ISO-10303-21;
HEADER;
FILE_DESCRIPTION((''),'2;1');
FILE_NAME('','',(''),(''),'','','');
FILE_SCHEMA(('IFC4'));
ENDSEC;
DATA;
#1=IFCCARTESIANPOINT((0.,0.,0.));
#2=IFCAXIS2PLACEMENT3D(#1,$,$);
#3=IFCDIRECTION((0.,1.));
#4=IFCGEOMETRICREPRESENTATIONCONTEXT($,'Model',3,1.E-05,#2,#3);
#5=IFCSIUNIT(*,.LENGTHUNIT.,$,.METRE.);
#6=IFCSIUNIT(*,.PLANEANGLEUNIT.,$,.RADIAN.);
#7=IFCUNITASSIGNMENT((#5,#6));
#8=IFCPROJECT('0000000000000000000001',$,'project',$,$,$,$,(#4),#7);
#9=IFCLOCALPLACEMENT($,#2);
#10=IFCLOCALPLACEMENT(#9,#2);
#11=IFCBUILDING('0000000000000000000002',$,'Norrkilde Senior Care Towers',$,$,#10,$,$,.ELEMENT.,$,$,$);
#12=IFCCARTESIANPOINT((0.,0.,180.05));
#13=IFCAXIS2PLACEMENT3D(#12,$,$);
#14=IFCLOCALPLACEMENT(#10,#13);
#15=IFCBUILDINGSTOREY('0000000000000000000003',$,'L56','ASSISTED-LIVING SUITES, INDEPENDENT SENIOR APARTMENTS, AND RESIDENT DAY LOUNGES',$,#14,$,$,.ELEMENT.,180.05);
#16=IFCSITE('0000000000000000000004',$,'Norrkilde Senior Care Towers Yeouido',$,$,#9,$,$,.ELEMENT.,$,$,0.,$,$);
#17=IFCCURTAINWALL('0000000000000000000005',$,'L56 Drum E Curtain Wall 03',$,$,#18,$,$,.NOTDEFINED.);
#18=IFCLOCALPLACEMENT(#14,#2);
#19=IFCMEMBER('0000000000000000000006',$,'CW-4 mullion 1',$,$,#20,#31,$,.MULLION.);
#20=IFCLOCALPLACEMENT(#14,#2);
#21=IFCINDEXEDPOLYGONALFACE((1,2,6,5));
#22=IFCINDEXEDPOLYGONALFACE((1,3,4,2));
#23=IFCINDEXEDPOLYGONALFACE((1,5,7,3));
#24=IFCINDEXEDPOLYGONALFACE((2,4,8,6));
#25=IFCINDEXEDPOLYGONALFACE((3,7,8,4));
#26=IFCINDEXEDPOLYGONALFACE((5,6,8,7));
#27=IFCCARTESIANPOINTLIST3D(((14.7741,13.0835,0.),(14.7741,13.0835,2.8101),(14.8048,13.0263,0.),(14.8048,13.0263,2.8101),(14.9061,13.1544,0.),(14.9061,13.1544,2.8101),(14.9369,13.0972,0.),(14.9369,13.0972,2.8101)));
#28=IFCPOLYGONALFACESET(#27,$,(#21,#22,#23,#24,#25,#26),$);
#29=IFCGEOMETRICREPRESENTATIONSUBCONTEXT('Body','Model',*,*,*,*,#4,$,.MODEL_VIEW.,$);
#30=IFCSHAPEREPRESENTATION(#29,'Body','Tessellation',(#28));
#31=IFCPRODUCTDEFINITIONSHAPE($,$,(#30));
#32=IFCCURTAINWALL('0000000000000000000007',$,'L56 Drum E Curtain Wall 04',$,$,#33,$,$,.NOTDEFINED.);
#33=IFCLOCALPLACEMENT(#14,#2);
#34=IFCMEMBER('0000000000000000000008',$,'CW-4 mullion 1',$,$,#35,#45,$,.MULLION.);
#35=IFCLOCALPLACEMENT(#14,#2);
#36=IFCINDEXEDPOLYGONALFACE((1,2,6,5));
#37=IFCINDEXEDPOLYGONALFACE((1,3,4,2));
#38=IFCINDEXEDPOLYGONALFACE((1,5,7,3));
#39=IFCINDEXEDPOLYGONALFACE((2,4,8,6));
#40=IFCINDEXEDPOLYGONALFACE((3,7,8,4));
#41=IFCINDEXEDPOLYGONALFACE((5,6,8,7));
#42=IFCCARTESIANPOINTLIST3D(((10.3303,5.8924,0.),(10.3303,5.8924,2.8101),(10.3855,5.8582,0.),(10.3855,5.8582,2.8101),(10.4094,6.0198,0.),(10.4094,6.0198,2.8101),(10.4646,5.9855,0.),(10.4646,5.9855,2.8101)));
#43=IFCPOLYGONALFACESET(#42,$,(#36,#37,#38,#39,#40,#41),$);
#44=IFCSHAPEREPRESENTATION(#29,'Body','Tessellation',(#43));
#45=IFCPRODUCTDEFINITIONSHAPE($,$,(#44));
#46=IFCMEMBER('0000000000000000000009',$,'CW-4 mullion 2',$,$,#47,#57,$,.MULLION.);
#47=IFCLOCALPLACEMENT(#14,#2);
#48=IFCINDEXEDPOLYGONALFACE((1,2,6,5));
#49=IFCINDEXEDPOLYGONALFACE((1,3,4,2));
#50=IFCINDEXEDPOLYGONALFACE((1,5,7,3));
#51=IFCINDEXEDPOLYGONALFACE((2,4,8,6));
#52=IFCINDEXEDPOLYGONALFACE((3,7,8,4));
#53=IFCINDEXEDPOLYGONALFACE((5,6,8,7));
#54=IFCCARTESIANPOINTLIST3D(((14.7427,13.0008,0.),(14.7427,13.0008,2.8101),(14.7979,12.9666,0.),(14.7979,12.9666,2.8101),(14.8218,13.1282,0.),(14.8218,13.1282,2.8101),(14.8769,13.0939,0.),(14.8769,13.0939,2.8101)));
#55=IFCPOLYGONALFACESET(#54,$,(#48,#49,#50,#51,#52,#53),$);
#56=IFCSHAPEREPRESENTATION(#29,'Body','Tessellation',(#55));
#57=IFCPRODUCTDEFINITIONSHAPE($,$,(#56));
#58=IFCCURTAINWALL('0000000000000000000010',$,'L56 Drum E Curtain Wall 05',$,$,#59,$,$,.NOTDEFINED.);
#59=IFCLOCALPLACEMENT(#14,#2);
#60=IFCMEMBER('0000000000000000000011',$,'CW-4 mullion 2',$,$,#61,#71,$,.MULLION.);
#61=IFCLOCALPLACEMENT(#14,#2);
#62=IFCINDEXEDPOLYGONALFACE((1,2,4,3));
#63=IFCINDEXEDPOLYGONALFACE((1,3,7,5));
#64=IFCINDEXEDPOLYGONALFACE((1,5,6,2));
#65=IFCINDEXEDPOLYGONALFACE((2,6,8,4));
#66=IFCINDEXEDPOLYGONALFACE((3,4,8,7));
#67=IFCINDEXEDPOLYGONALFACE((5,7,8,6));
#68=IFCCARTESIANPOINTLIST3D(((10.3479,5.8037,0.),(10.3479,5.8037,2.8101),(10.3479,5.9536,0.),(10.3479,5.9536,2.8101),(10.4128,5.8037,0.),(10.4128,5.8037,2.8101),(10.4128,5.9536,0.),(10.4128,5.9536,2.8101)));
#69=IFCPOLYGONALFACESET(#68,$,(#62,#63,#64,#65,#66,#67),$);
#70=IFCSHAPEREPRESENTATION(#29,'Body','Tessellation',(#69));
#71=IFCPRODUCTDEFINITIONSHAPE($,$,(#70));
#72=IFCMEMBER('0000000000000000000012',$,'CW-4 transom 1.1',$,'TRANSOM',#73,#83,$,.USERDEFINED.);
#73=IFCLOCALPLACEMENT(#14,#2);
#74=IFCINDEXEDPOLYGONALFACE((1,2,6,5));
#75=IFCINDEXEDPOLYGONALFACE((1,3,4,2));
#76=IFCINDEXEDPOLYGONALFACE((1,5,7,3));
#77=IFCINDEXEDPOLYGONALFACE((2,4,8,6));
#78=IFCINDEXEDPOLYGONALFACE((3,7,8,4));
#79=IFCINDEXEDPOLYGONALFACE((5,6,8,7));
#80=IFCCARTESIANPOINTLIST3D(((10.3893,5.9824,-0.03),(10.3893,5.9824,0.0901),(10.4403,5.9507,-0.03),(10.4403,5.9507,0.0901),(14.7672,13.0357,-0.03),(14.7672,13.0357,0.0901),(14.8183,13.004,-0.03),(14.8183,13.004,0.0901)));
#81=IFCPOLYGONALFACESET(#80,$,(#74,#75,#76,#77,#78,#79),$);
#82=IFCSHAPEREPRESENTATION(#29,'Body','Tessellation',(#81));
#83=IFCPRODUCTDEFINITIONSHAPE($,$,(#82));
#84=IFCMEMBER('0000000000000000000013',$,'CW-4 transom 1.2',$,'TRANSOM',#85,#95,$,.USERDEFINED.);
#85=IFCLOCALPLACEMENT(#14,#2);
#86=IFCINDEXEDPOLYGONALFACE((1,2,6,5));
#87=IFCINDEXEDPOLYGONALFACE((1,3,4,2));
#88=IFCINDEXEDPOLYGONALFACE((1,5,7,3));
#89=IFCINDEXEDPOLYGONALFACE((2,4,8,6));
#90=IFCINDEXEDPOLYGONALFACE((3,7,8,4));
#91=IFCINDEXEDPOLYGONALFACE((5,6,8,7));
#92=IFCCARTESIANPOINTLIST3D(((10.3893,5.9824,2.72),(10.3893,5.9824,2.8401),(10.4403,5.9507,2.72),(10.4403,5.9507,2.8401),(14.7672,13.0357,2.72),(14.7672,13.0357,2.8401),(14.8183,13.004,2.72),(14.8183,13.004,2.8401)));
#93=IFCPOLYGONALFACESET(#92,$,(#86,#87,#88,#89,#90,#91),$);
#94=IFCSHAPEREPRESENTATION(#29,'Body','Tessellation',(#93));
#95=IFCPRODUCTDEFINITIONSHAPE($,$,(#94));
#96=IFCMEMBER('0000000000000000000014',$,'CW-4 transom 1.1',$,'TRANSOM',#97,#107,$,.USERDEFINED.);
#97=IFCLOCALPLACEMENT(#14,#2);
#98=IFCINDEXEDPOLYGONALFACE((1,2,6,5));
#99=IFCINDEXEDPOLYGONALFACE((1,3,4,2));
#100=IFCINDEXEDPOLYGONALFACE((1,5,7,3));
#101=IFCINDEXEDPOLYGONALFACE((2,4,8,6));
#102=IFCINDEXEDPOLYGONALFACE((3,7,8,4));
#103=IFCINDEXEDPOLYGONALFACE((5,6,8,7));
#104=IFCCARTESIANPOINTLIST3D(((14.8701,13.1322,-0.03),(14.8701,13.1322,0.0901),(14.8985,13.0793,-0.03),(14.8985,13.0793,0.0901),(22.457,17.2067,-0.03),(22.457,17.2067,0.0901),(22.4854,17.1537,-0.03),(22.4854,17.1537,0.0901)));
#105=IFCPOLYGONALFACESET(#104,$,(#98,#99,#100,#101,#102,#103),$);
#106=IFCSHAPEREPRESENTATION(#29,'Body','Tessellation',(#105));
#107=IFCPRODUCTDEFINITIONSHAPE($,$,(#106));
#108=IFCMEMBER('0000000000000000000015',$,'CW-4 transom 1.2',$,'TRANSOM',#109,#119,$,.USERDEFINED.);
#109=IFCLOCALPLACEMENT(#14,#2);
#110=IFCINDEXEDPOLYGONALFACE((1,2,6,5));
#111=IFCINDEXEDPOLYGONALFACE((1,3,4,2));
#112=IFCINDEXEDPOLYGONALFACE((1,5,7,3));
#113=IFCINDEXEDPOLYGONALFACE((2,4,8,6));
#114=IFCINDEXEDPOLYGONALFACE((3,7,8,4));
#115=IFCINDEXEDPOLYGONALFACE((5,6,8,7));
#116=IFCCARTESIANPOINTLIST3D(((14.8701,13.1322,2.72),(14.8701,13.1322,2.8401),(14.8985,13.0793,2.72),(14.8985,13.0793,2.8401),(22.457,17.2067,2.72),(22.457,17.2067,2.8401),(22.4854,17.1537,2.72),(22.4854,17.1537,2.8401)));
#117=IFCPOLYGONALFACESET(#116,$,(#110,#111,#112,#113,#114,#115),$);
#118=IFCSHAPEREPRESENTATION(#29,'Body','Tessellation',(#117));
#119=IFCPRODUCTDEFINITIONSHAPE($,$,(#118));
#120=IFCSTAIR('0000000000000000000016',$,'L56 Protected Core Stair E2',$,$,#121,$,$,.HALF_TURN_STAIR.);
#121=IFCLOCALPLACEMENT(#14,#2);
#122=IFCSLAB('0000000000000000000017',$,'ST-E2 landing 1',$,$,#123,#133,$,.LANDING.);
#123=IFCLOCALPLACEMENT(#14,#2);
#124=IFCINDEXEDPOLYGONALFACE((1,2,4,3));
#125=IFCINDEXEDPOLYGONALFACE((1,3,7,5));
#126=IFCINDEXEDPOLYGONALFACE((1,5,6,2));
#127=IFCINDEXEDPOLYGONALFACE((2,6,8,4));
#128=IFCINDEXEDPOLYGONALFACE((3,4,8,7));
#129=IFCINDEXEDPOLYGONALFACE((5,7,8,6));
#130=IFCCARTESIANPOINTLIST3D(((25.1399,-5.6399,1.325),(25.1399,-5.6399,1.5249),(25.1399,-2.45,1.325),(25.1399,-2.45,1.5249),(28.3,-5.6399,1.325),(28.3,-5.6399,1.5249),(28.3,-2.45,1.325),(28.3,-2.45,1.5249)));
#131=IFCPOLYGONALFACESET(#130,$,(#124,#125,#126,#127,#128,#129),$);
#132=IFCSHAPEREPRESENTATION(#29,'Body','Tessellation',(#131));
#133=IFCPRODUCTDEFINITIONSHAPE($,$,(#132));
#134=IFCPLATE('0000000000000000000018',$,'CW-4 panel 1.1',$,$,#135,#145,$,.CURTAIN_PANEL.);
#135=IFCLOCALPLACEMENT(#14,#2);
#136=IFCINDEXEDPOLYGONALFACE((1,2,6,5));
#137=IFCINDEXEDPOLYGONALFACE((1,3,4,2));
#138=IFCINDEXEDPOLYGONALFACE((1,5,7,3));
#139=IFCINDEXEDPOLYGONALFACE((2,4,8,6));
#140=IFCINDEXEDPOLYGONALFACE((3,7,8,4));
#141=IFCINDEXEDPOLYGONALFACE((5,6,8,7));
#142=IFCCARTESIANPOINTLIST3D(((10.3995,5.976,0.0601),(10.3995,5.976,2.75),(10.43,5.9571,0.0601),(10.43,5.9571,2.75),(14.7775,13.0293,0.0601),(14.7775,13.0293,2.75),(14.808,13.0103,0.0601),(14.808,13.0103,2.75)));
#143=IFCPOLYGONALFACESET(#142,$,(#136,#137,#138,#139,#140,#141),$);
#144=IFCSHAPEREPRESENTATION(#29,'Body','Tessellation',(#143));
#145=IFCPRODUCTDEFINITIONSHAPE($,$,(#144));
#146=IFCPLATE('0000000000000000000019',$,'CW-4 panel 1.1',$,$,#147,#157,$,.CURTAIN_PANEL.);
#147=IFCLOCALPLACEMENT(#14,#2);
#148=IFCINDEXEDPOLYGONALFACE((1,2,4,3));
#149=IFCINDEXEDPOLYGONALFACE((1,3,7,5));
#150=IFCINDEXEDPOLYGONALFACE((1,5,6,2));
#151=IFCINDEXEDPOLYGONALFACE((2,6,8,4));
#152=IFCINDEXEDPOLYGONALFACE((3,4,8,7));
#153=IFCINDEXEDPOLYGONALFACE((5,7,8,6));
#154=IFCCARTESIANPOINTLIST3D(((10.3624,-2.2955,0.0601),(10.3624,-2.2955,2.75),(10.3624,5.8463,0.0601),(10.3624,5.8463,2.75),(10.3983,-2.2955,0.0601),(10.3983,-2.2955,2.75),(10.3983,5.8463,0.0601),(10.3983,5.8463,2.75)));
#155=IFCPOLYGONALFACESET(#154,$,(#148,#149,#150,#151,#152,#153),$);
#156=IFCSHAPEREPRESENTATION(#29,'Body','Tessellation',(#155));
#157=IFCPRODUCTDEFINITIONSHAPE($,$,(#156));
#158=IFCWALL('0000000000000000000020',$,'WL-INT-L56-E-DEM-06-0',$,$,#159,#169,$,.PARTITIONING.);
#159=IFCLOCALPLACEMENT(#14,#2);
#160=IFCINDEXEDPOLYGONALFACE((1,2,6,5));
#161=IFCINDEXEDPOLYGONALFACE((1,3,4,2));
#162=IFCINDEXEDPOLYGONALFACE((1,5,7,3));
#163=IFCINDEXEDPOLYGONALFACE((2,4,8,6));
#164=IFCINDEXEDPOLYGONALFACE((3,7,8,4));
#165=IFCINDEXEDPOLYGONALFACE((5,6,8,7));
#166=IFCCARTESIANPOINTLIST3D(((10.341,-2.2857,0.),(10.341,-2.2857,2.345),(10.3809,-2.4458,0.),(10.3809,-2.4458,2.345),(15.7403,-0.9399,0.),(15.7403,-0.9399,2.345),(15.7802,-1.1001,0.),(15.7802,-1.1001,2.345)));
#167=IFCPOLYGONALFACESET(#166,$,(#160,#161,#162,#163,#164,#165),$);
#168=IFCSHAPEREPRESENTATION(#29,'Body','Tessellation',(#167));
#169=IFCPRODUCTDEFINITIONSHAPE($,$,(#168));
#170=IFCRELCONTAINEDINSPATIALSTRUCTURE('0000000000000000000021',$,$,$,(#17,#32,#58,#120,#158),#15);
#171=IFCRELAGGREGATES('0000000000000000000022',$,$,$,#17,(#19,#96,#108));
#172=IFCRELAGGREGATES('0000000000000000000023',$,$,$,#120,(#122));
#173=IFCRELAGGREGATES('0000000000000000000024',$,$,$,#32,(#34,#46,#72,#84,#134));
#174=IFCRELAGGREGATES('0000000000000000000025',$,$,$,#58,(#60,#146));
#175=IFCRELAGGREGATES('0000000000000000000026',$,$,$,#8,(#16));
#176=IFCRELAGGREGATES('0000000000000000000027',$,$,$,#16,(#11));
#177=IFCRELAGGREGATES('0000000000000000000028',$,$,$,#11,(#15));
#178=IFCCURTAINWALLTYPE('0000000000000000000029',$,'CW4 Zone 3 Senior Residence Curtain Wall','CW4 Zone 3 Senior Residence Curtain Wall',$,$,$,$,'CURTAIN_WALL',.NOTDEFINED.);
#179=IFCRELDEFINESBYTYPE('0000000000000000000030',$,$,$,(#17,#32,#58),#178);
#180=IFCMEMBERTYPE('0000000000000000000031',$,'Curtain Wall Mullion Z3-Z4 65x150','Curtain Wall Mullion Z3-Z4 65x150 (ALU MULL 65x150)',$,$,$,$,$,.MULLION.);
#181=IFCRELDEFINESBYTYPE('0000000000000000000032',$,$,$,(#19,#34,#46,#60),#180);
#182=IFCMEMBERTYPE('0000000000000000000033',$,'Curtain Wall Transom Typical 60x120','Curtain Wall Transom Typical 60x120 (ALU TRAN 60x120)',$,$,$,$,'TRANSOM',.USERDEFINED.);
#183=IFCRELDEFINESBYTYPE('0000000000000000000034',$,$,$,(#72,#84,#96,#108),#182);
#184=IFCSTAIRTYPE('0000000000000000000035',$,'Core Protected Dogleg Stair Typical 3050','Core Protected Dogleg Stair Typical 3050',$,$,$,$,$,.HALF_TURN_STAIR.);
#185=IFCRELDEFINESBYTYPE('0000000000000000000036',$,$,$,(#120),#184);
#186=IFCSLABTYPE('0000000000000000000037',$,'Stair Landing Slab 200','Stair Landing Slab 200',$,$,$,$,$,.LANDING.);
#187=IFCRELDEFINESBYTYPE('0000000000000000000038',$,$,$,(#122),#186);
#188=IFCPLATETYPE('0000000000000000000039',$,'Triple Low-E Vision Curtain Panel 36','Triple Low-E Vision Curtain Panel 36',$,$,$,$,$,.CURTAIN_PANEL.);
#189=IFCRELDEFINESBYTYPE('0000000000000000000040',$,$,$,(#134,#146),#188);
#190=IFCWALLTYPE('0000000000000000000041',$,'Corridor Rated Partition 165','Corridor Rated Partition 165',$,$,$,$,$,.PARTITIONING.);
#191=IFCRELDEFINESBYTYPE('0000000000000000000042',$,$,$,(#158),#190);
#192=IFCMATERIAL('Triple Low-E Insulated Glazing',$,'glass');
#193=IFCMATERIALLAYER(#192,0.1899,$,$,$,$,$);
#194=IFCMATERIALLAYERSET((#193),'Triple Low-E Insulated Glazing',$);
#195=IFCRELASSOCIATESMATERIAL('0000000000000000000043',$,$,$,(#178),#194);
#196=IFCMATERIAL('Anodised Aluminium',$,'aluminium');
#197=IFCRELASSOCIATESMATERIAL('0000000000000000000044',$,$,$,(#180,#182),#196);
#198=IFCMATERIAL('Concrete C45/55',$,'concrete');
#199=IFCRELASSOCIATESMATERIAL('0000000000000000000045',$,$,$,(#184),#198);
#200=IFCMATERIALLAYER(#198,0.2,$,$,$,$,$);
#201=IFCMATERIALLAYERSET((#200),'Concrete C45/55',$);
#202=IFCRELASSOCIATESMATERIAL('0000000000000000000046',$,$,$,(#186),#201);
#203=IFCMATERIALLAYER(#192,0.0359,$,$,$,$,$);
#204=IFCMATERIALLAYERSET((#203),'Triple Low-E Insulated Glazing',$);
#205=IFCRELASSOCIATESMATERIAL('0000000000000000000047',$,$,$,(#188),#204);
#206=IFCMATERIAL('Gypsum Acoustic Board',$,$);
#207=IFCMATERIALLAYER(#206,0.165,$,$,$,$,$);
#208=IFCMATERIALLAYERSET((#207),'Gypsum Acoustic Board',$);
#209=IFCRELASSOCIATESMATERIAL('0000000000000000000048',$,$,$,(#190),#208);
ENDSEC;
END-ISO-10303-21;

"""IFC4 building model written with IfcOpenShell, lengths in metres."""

from ifc_helpers import new_model, si_unit, direction, frame, frame_2d, origin, origin_2d, place, context, subcontext, project, spatial, polyline, rectangle, outline, extrude, source, transform, mapped, material, layer, layer_set, material_profile, profile_set, type_object, type_shapes, element, aggregate, save


model = new_model("IFC4")

# Units and contexts
model_context = context("Model", 3, precision=1e-05, world=origin(), true_north=direction((0.0, 1.0)))
body_context = subcontext(model_context, "Body", "Model", "MODEL_VIEW")
ifc_project = project(units=[si_unit("LENGTHUNIT", "METRE"), si_unit("PLANEANGLEUNIT", "RADIAN")], contexts=[model_context])

# Site, building, storey
site_placement = place(None, origin())
site = spatial("IfcSite", under=ifc_project, at=site_placement, Name="Norrkilde Senior Care Towers Yeouido", CompositionType="ELEMENT", RefElevation=0.0)
building_placement = place(site_placement, origin())
building = spatial("IfcBuilding", under=site, at=building_placement, Name="Norrkilde Senior Care Towers", CompositionType="ELEMENT")
storey_placement = place(building_placement, frame((0.0, 0.0, 180.05)))
storey = spatial("IfcBuildingStorey", under=building, at=storey_placement, Name="L56", Description="ASSISTED-LIVING SUITES, INDEPENDENT SENIOR APARTMENTS, AND RESIDENT DAY LOUNGES", CompositionType="ELEMENT", Elevation=180.05)

# Curtain wall, member
ifc_material_1 = material(Name="Triple Low-E Insulated Glazing", Category="glass")
ifc_layer_1 = layer(ifc_material_1, 0.1899)
ifc_layer_set_1 = layer_set([ifc_layer_1], Name="Triple Low-E Insulated Glazing")
curtain_wall_type = type_object("IfcCurtainWallType", Name="CW4 Zone 3 Senior Residence Curtain Wall", Description="CW4 Zone 3 Senior Residence Curtain Wall", ElementType="CURTAIN_WALL", PredefinedType="NOTDEFINED", material=ifc_layer_set_1)
curtain_wall_1_placement = place(storey_placement, origin())
curtain_wall_1 = element("IfcCurtainWall", 1, at=curtain_wall_1_placement, inside=storey, type_object=curtain_wall_type, Name="L56 Drum E Curtain Wall 03", PredefinedType="NOTDEFINED")
ifc_material_2 = material(Name="Anodised Aluminium", Category="aluminium")
ifc_material_profile_1 = material_profile(ifc_material_2, rectangle(XDim=0.0649, YDim=0.1499, at=origin_2d()), Name="ALU MULL 65x150")
ifc_profile_set_1 = profile_set([ifc_material_profile_1], Name="Anodised Aluminium")
member_type_1 = type_object("IfcMemberType", Name="Curtain Wall Mullion Z3-Z4 65x150", Description="Curtain Wall Mullion Z3-Z4 65x150 (ALU MULL 65x150)", PredefinedType="MULLION", material=ifc_profile_set_1)
shared_shape_1 = source(origin(), body_context, "Body", "SweptSolid", [
    extrude(rectangle(XDim=0.0649, YDim=0.1499, at=origin_2d()), origin(), (0.0, 0.0, 1.0), 2.8101),
])
type_shapes(member_type_1, [shared_shape_1])
member_1_placement = place(storey_placement, frame((14.8555, 13.0903, 0.0), z_axis=(0.0, 0.0, 1.0), x_axis=(-0.473117, 0.881, 0.0)))
member_1 = element("IfcMember", 2, at=member_1_placement, type_object=member_type_1, Name="CW-4 mullion 1", PredefinedType="MULLION", context=body_context, shape_type="MappedRepresentation", body=[
    mapped(shared_shape_1, transform((0.0, 0.0, 0.0), x_axis=(1.0, 0.0, 0.0), y_axis=(0.0, 1.0, 0.0), z_axis=(0.0, 0.0, 1.0), scale=1.0)),
])

# Curtain wall, members
curtain_wall_2_placement = place(storey_placement, origin())
curtain_wall_2 = element("IfcCurtainWall", 3, at=curtain_wall_2_placement, inside=storey, type_object=curtain_wall_type, Name="L56 Drum E Curtain Wall 04", PredefinedType="NOTDEFINED")
member_2_placement = place(storey_placement, frame((10.3975, 5.939, 0.0), z_axis=(0.0, 0.0, 1.0), x_axis=(-0.849634, 0.527373, 0.0)))
member_2 = element("IfcMember", 4, at=member_2_placement, type_object=member_type_1, Name="CW-4 mullion 1", PredefinedType="MULLION", context=body_context, shape_type="MappedRepresentation", body=[
    mapped(shared_shape_1, transform((0.0, 0.0, 0.0), x_axis=(1.0, 0.0, 0.0), y_axis=(0.0, 1.0, 0.0), z_axis=(0.0, 0.0, 1.0), scale=1.0)),
])
member_3_placement = place(storey_placement, frame((14.8098, 13.0474, 0.0), z_axis=(0.0, 0.0, 1.0), x_axis=(-0.849634, 0.527373, 0.0)))
member_3 = element("IfcMember", 5, at=member_3_placement, type_object=member_type_1, Name="CW-4 mullion 2", PredefinedType="MULLION", context=body_context, shape_type="MappedRepresentation", body=[
    mapped(shared_shape_1, transform((0.0, 0.0, 0.0), x_axis=(1.0, 0.0, 0.0), y_axis=(0.0, 1.0, 0.0), z_axis=(0.0, 0.0, 1.0), scale=1.0)),
])

# Curtain wall, member
curtain_wall_3_placement = place(storey_placement, origin())
curtain_wall_3 = element("IfcCurtainWall", 6, at=curtain_wall_3_placement, inside=storey, type_object=curtain_wall_type, Name="L56 Drum E Curtain Wall 05", PredefinedType="NOTDEFINED")
member_4_placement = place(storey_placement, frame((10.3804, 5.8787, 0.0), z_axis=(0.0, 0.0, 1.0), x_axis=(-1.0, 0.0, 0.0)))
member_4 = element("IfcMember", 7, at=member_4_placement, type_object=member_type_1, Name="CW-4 mullion 2", PredefinedType="MULLION", context=body_context, shape_type="MappedRepresentation", body=[
    mapped(shared_shape_1, transform((0.0, 0.0, 0.0), x_axis=(1.0, 0.0, 0.0), y_axis=(0.0, 1.0, 0.0), z_axis=(0.0, 0.0, 1.0), scale=1.0)),
])

# Members
ifc_material_profile_2 = material_profile(ifc_material_2, rectangle(XDim=0.0601, YDim=0.1201, at=origin_2d()), Name="ALU TRAN 60x120")
ifc_profile_set_2 = profile_set([ifc_material_profile_2], Name="Anodised Aluminium")
member_type_2 = type_object("IfcMemberType", Name="Curtain Wall Transom Typical 60x120", Description="Curtain Wall Transom Typical 60x120 (ALU TRAN 60x120)", ElementType="TRANSOM", PredefinedType="USERDEFINED", material=ifc_profile_set_2)
shared_shape_2 = source(origin(), body_context, "Body", "SweptSolid", [
    extrude(rectangle(XDim=0.0601, YDim=0.1201, at=origin_2d()), origin(), (0.0, 0.0, 1.0), 8.3015),
])
member_5_placement = place(storey_placement, frame((10.4148, 5.9666, 0.03), z_axis=(0.527369, 0.849637, 0.0), x_axis=(-0.849637, 0.527369, 0.0)))
member_5 = element("IfcMember", 8, at=member_5_placement, type_object=member_type_2, Name="CW-4 transom 1.1", ObjectType="TRANSOM", PredefinedType="USERDEFINED", context=body_context, shape_type="MappedRepresentation", body=[
    mapped(shared_shape_2, transform((0.0, 0.0, 0.0), x_axis=(1.0, 0.0, 0.0), y_axis=(0.0, 1.0, 0.0), z_axis=(0.0, 0.0, 1.0), scale=1.0)),
])
member_6_placement = place(storey_placement, frame((10.4148, 5.9666, 2.78), z_axis=(0.527369, 0.849637, 0.0), x_axis=(-0.849637, 0.527369, 0.0)))
member_6 = element("IfcMember", 9, at=member_6_placement, type_object=member_type_2, Name="CW-4 transom 1.2", ObjectType="TRANSOM", PredefinedType="USERDEFINED", context=body_context, shape_type="MappedRepresentation", body=[
    mapped(shared_shape_2, transform((0.0, 0.0, 0.0), x_axis=(1.0, 0.0, 0.0), y_axis=(0.0, 1.0, 0.0), z_axis=(0.0, 0.0, 1.0), scale=1.0)),
])
shared_shape_3 = source(origin(), body_context, "Body", "SweptSolid", [
    extrude(rectangle(XDim=0.0601, YDim=0.1201, at=origin_2d()), origin(), (0.0, 0.0, 1.0), 8.6118),
])
type_shapes(member_type_2, [shared_shape_2, shared_shape_3])
member_7_placement = place(storey_placement, frame((14.8843, 13.1057, 0.03), z_axis=(0.880994, 0.473127, 0.0), x_axis=(-0.473127, 0.880994, 0.0)))
member_7 = element("IfcMember", 10, at=member_7_placement, type_object=member_type_2, Name="CW-4 transom 1.1", ObjectType="TRANSOM", PredefinedType="USERDEFINED", context=body_context, shape_type="MappedRepresentation", body=[
    mapped(shared_shape_3, transform((0.0, 0.0, 0.0), x_axis=(1.0, 0.0, 0.0), y_axis=(0.0, 1.0, 0.0), z_axis=(0.0, 0.0, 1.0), scale=1.0)),
])
member_8_placement = place(storey_placement, frame((14.8843, 13.1057, 2.78), z_axis=(0.880994, 0.473127, 0.0), x_axis=(-0.473127, 0.880994, 0.0)))
member_8 = element("IfcMember", 11, at=member_8_placement, type_object=member_type_2, Name="CW-4 transom 1.2", ObjectType="TRANSOM", PredefinedType="USERDEFINED", context=body_context, shape_type="MappedRepresentation", body=[
    mapped(shared_shape_3, transform((0.0, 0.0, 0.0), x_axis=(1.0, 0.0, 0.0), y_axis=(0.0, 1.0, 0.0), z_axis=(0.0, 0.0, 1.0), scale=1.0)),
])
aggregate(curtain_wall_1, [member_1, member_7, member_8])

# Stair, slab
ifc_material_3 = material(Name="Concrete C45/55", Category="concrete")
stair_type = type_object("IfcStairType", Name="Core Protected Dogleg Stair Typical 3050", Description="Core Protected Dogleg Stair Typical 3050", PredefinedType="HALF_TURN_STAIR", material=ifc_material_3)
stair_placement = place(storey_placement, origin())
stair = element("IfcStair", 12, at=stair_placement, inside=storey, type_object=stair_type, Name="L56 Protected Core Stair E2", PredefinedType="HALF_TURN_STAIR")
ifc_layer_2 = layer(ifc_material_3, 0.2)
ifc_layer_set_2 = layer_set([ifc_layer_2], Name="Concrete C45/55")
slab_type = type_object("IfcSlabType", Name="Stair Landing Slab 200", Description="Stair Landing Slab 200", PredefinedType="LANDING", material=ifc_layer_set_2)
slab_placement = place(storey_placement, frame((0.0, 0.0, 1.325)))
slab = element("IfcSlab", 13, at=slab_placement, type_object=slab_type, Name="ST-E2 landing 1", PredefinedType="LANDING", context=body_context, shape_type="SweptSolid", body=[
    extrude(outline(polyline([(25.1399, -5.6399), (28.3, -5.6399), (28.3, -2.45), (25.1399, -2.45), (25.1399, -5.6399)])), origin(), (0.0, 0.0, 1.0), 0.2),
])
aggregate(stair, [slab])

# Plates
ifc_layer_3 = layer(ifc_material_1, 0.0359)
ifc_layer_set_3 = layer_set([ifc_layer_3], Name="Triple Low-E Insulated Glazing")
plate_type = type_object("IfcPlateType", Name="Triple Low-E Vision Curtain Panel 36", Description="Triple Low-E Vision Curtain Panel 36", PredefinedType="CURTAIN_PANEL", material=ifc_layer_set_3)
shared_shape_4 = source(origin(), body_context, "Body", "SweptSolid", [
    extrude(rectangle(XDim=8.3015, YDim=0.0359, at=origin_2d()), origin(), (0.0, 0.0, 1.0), 2.6899),
])
plate_1_placement = place(storey_placement, frame((12.6038, 9.4932, 0.0601), z_axis=(0.0, 0.0, 1.0), x_axis=(0.527373, 0.849634, 0.0)))
plate_1 = element("IfcPlate", 14, at=plate_1_placement, type_object=plate_type, Name="CW-4 panel 1.1", PredefinedType="CURTAIN_PANEL", context=body_context, shape_type="MappedRepresentation", body=[
    mapped(shared_shape_4, transform((0.0, 0.0, 0.0), x_axis=(1.0, 0.0, 0.0), y_axis=(0.0, 1.0, 0.0), z_axis=(0.0, 0.0, 1.0), scale=1.0)),
])
aggregate(curtain_wall_2, [member_2, member_3, member_5, member_6, plate_1])
shared_shape_5 = source(origin(), body_context, "Body", "SweptSolid", [
    extrude(rectangle(XDim=8.1418, YDim=0.0359, at=origin_2d()), origin(), (0.0, 0.0, 1.0), 2.6899),
])
type_shapes(plate_type, [shared_shape_4, shared_shape_5])
plate_2_placement = place(storey_placement, frame((10.3804, 1.7754, 0.0601), z_axis=(0.0, 0.0, 1.0), x_axis=(0.0, 1.0, 0.0)))
plate_2 = element("IfcPlate", 15, at=plate_2_placement, type_object=plate_type, Name="CW-4 panel 1.1", PredefinedType="CURTAIN_PANEL", context=body_context, shape_type="MappedRepresentation", body=[
    mapped(shared_shape_5, transform((0.0, 0.0, 0.0), x_axis=(1.0, 0.0, 0.0), y_axis=(0.0, 1.0, 0.0), z_axis=(0.0, 0.0, 1.0), scale=1.0)),
])
aggregate(curtain_wall_3, [member_4, plate_2])

# Wall
ifc_material_4 = material(Name="Gypsum Acoustic Board")
ifc_layer_4 = layer(ifc_material_4, 0.165)
ifc_layer_set_4 = layer_set([ifc_layer_4], Name="Gypsum Acoustic Board")
wall_type = type_object("IfcWallType", Name="Corridor Rated Partition 165", Description="Corridor Rated Partition 165", PredefinedType="PARTITIONING", material=ifc_layer_set_4)
shared_shape_6 = source(origin(), body_context, "Body", "SweptSolid", [
    extrude(rectangle(XDim=5.5645, YDim=0.165, at=frame_2d((2.7822, 0.0))), origin(), (0.0, 0.0, 1.0), 2.345),
])
wall_1_placement = place(storey_placement, frame((15.7603, -1.02, 0.0), z_axis=(0.0, 0.0, 1.0), x_axis=(-0.970315, -0.241844, 0.0)))
element("IfcWall", 16, at=wall_1_placement, inside=storey, type_object=wall_type, Name="WL-INT-L56-E-DEM-06-0", PredefinedType="PARTITIONING", context=body_context, shape_type="MappedRepresentation", body=[
    mapped(shared_shape_6, transform((0.0, 0.0, 0.0), x_axis=(1.0, 0.0, 0.0), y_axis=(0.0, 1.0, 0.0), z_axis=(0.0, 0.0, 1.0), scale=1.0)),
])

save(model, "model.ifc")
